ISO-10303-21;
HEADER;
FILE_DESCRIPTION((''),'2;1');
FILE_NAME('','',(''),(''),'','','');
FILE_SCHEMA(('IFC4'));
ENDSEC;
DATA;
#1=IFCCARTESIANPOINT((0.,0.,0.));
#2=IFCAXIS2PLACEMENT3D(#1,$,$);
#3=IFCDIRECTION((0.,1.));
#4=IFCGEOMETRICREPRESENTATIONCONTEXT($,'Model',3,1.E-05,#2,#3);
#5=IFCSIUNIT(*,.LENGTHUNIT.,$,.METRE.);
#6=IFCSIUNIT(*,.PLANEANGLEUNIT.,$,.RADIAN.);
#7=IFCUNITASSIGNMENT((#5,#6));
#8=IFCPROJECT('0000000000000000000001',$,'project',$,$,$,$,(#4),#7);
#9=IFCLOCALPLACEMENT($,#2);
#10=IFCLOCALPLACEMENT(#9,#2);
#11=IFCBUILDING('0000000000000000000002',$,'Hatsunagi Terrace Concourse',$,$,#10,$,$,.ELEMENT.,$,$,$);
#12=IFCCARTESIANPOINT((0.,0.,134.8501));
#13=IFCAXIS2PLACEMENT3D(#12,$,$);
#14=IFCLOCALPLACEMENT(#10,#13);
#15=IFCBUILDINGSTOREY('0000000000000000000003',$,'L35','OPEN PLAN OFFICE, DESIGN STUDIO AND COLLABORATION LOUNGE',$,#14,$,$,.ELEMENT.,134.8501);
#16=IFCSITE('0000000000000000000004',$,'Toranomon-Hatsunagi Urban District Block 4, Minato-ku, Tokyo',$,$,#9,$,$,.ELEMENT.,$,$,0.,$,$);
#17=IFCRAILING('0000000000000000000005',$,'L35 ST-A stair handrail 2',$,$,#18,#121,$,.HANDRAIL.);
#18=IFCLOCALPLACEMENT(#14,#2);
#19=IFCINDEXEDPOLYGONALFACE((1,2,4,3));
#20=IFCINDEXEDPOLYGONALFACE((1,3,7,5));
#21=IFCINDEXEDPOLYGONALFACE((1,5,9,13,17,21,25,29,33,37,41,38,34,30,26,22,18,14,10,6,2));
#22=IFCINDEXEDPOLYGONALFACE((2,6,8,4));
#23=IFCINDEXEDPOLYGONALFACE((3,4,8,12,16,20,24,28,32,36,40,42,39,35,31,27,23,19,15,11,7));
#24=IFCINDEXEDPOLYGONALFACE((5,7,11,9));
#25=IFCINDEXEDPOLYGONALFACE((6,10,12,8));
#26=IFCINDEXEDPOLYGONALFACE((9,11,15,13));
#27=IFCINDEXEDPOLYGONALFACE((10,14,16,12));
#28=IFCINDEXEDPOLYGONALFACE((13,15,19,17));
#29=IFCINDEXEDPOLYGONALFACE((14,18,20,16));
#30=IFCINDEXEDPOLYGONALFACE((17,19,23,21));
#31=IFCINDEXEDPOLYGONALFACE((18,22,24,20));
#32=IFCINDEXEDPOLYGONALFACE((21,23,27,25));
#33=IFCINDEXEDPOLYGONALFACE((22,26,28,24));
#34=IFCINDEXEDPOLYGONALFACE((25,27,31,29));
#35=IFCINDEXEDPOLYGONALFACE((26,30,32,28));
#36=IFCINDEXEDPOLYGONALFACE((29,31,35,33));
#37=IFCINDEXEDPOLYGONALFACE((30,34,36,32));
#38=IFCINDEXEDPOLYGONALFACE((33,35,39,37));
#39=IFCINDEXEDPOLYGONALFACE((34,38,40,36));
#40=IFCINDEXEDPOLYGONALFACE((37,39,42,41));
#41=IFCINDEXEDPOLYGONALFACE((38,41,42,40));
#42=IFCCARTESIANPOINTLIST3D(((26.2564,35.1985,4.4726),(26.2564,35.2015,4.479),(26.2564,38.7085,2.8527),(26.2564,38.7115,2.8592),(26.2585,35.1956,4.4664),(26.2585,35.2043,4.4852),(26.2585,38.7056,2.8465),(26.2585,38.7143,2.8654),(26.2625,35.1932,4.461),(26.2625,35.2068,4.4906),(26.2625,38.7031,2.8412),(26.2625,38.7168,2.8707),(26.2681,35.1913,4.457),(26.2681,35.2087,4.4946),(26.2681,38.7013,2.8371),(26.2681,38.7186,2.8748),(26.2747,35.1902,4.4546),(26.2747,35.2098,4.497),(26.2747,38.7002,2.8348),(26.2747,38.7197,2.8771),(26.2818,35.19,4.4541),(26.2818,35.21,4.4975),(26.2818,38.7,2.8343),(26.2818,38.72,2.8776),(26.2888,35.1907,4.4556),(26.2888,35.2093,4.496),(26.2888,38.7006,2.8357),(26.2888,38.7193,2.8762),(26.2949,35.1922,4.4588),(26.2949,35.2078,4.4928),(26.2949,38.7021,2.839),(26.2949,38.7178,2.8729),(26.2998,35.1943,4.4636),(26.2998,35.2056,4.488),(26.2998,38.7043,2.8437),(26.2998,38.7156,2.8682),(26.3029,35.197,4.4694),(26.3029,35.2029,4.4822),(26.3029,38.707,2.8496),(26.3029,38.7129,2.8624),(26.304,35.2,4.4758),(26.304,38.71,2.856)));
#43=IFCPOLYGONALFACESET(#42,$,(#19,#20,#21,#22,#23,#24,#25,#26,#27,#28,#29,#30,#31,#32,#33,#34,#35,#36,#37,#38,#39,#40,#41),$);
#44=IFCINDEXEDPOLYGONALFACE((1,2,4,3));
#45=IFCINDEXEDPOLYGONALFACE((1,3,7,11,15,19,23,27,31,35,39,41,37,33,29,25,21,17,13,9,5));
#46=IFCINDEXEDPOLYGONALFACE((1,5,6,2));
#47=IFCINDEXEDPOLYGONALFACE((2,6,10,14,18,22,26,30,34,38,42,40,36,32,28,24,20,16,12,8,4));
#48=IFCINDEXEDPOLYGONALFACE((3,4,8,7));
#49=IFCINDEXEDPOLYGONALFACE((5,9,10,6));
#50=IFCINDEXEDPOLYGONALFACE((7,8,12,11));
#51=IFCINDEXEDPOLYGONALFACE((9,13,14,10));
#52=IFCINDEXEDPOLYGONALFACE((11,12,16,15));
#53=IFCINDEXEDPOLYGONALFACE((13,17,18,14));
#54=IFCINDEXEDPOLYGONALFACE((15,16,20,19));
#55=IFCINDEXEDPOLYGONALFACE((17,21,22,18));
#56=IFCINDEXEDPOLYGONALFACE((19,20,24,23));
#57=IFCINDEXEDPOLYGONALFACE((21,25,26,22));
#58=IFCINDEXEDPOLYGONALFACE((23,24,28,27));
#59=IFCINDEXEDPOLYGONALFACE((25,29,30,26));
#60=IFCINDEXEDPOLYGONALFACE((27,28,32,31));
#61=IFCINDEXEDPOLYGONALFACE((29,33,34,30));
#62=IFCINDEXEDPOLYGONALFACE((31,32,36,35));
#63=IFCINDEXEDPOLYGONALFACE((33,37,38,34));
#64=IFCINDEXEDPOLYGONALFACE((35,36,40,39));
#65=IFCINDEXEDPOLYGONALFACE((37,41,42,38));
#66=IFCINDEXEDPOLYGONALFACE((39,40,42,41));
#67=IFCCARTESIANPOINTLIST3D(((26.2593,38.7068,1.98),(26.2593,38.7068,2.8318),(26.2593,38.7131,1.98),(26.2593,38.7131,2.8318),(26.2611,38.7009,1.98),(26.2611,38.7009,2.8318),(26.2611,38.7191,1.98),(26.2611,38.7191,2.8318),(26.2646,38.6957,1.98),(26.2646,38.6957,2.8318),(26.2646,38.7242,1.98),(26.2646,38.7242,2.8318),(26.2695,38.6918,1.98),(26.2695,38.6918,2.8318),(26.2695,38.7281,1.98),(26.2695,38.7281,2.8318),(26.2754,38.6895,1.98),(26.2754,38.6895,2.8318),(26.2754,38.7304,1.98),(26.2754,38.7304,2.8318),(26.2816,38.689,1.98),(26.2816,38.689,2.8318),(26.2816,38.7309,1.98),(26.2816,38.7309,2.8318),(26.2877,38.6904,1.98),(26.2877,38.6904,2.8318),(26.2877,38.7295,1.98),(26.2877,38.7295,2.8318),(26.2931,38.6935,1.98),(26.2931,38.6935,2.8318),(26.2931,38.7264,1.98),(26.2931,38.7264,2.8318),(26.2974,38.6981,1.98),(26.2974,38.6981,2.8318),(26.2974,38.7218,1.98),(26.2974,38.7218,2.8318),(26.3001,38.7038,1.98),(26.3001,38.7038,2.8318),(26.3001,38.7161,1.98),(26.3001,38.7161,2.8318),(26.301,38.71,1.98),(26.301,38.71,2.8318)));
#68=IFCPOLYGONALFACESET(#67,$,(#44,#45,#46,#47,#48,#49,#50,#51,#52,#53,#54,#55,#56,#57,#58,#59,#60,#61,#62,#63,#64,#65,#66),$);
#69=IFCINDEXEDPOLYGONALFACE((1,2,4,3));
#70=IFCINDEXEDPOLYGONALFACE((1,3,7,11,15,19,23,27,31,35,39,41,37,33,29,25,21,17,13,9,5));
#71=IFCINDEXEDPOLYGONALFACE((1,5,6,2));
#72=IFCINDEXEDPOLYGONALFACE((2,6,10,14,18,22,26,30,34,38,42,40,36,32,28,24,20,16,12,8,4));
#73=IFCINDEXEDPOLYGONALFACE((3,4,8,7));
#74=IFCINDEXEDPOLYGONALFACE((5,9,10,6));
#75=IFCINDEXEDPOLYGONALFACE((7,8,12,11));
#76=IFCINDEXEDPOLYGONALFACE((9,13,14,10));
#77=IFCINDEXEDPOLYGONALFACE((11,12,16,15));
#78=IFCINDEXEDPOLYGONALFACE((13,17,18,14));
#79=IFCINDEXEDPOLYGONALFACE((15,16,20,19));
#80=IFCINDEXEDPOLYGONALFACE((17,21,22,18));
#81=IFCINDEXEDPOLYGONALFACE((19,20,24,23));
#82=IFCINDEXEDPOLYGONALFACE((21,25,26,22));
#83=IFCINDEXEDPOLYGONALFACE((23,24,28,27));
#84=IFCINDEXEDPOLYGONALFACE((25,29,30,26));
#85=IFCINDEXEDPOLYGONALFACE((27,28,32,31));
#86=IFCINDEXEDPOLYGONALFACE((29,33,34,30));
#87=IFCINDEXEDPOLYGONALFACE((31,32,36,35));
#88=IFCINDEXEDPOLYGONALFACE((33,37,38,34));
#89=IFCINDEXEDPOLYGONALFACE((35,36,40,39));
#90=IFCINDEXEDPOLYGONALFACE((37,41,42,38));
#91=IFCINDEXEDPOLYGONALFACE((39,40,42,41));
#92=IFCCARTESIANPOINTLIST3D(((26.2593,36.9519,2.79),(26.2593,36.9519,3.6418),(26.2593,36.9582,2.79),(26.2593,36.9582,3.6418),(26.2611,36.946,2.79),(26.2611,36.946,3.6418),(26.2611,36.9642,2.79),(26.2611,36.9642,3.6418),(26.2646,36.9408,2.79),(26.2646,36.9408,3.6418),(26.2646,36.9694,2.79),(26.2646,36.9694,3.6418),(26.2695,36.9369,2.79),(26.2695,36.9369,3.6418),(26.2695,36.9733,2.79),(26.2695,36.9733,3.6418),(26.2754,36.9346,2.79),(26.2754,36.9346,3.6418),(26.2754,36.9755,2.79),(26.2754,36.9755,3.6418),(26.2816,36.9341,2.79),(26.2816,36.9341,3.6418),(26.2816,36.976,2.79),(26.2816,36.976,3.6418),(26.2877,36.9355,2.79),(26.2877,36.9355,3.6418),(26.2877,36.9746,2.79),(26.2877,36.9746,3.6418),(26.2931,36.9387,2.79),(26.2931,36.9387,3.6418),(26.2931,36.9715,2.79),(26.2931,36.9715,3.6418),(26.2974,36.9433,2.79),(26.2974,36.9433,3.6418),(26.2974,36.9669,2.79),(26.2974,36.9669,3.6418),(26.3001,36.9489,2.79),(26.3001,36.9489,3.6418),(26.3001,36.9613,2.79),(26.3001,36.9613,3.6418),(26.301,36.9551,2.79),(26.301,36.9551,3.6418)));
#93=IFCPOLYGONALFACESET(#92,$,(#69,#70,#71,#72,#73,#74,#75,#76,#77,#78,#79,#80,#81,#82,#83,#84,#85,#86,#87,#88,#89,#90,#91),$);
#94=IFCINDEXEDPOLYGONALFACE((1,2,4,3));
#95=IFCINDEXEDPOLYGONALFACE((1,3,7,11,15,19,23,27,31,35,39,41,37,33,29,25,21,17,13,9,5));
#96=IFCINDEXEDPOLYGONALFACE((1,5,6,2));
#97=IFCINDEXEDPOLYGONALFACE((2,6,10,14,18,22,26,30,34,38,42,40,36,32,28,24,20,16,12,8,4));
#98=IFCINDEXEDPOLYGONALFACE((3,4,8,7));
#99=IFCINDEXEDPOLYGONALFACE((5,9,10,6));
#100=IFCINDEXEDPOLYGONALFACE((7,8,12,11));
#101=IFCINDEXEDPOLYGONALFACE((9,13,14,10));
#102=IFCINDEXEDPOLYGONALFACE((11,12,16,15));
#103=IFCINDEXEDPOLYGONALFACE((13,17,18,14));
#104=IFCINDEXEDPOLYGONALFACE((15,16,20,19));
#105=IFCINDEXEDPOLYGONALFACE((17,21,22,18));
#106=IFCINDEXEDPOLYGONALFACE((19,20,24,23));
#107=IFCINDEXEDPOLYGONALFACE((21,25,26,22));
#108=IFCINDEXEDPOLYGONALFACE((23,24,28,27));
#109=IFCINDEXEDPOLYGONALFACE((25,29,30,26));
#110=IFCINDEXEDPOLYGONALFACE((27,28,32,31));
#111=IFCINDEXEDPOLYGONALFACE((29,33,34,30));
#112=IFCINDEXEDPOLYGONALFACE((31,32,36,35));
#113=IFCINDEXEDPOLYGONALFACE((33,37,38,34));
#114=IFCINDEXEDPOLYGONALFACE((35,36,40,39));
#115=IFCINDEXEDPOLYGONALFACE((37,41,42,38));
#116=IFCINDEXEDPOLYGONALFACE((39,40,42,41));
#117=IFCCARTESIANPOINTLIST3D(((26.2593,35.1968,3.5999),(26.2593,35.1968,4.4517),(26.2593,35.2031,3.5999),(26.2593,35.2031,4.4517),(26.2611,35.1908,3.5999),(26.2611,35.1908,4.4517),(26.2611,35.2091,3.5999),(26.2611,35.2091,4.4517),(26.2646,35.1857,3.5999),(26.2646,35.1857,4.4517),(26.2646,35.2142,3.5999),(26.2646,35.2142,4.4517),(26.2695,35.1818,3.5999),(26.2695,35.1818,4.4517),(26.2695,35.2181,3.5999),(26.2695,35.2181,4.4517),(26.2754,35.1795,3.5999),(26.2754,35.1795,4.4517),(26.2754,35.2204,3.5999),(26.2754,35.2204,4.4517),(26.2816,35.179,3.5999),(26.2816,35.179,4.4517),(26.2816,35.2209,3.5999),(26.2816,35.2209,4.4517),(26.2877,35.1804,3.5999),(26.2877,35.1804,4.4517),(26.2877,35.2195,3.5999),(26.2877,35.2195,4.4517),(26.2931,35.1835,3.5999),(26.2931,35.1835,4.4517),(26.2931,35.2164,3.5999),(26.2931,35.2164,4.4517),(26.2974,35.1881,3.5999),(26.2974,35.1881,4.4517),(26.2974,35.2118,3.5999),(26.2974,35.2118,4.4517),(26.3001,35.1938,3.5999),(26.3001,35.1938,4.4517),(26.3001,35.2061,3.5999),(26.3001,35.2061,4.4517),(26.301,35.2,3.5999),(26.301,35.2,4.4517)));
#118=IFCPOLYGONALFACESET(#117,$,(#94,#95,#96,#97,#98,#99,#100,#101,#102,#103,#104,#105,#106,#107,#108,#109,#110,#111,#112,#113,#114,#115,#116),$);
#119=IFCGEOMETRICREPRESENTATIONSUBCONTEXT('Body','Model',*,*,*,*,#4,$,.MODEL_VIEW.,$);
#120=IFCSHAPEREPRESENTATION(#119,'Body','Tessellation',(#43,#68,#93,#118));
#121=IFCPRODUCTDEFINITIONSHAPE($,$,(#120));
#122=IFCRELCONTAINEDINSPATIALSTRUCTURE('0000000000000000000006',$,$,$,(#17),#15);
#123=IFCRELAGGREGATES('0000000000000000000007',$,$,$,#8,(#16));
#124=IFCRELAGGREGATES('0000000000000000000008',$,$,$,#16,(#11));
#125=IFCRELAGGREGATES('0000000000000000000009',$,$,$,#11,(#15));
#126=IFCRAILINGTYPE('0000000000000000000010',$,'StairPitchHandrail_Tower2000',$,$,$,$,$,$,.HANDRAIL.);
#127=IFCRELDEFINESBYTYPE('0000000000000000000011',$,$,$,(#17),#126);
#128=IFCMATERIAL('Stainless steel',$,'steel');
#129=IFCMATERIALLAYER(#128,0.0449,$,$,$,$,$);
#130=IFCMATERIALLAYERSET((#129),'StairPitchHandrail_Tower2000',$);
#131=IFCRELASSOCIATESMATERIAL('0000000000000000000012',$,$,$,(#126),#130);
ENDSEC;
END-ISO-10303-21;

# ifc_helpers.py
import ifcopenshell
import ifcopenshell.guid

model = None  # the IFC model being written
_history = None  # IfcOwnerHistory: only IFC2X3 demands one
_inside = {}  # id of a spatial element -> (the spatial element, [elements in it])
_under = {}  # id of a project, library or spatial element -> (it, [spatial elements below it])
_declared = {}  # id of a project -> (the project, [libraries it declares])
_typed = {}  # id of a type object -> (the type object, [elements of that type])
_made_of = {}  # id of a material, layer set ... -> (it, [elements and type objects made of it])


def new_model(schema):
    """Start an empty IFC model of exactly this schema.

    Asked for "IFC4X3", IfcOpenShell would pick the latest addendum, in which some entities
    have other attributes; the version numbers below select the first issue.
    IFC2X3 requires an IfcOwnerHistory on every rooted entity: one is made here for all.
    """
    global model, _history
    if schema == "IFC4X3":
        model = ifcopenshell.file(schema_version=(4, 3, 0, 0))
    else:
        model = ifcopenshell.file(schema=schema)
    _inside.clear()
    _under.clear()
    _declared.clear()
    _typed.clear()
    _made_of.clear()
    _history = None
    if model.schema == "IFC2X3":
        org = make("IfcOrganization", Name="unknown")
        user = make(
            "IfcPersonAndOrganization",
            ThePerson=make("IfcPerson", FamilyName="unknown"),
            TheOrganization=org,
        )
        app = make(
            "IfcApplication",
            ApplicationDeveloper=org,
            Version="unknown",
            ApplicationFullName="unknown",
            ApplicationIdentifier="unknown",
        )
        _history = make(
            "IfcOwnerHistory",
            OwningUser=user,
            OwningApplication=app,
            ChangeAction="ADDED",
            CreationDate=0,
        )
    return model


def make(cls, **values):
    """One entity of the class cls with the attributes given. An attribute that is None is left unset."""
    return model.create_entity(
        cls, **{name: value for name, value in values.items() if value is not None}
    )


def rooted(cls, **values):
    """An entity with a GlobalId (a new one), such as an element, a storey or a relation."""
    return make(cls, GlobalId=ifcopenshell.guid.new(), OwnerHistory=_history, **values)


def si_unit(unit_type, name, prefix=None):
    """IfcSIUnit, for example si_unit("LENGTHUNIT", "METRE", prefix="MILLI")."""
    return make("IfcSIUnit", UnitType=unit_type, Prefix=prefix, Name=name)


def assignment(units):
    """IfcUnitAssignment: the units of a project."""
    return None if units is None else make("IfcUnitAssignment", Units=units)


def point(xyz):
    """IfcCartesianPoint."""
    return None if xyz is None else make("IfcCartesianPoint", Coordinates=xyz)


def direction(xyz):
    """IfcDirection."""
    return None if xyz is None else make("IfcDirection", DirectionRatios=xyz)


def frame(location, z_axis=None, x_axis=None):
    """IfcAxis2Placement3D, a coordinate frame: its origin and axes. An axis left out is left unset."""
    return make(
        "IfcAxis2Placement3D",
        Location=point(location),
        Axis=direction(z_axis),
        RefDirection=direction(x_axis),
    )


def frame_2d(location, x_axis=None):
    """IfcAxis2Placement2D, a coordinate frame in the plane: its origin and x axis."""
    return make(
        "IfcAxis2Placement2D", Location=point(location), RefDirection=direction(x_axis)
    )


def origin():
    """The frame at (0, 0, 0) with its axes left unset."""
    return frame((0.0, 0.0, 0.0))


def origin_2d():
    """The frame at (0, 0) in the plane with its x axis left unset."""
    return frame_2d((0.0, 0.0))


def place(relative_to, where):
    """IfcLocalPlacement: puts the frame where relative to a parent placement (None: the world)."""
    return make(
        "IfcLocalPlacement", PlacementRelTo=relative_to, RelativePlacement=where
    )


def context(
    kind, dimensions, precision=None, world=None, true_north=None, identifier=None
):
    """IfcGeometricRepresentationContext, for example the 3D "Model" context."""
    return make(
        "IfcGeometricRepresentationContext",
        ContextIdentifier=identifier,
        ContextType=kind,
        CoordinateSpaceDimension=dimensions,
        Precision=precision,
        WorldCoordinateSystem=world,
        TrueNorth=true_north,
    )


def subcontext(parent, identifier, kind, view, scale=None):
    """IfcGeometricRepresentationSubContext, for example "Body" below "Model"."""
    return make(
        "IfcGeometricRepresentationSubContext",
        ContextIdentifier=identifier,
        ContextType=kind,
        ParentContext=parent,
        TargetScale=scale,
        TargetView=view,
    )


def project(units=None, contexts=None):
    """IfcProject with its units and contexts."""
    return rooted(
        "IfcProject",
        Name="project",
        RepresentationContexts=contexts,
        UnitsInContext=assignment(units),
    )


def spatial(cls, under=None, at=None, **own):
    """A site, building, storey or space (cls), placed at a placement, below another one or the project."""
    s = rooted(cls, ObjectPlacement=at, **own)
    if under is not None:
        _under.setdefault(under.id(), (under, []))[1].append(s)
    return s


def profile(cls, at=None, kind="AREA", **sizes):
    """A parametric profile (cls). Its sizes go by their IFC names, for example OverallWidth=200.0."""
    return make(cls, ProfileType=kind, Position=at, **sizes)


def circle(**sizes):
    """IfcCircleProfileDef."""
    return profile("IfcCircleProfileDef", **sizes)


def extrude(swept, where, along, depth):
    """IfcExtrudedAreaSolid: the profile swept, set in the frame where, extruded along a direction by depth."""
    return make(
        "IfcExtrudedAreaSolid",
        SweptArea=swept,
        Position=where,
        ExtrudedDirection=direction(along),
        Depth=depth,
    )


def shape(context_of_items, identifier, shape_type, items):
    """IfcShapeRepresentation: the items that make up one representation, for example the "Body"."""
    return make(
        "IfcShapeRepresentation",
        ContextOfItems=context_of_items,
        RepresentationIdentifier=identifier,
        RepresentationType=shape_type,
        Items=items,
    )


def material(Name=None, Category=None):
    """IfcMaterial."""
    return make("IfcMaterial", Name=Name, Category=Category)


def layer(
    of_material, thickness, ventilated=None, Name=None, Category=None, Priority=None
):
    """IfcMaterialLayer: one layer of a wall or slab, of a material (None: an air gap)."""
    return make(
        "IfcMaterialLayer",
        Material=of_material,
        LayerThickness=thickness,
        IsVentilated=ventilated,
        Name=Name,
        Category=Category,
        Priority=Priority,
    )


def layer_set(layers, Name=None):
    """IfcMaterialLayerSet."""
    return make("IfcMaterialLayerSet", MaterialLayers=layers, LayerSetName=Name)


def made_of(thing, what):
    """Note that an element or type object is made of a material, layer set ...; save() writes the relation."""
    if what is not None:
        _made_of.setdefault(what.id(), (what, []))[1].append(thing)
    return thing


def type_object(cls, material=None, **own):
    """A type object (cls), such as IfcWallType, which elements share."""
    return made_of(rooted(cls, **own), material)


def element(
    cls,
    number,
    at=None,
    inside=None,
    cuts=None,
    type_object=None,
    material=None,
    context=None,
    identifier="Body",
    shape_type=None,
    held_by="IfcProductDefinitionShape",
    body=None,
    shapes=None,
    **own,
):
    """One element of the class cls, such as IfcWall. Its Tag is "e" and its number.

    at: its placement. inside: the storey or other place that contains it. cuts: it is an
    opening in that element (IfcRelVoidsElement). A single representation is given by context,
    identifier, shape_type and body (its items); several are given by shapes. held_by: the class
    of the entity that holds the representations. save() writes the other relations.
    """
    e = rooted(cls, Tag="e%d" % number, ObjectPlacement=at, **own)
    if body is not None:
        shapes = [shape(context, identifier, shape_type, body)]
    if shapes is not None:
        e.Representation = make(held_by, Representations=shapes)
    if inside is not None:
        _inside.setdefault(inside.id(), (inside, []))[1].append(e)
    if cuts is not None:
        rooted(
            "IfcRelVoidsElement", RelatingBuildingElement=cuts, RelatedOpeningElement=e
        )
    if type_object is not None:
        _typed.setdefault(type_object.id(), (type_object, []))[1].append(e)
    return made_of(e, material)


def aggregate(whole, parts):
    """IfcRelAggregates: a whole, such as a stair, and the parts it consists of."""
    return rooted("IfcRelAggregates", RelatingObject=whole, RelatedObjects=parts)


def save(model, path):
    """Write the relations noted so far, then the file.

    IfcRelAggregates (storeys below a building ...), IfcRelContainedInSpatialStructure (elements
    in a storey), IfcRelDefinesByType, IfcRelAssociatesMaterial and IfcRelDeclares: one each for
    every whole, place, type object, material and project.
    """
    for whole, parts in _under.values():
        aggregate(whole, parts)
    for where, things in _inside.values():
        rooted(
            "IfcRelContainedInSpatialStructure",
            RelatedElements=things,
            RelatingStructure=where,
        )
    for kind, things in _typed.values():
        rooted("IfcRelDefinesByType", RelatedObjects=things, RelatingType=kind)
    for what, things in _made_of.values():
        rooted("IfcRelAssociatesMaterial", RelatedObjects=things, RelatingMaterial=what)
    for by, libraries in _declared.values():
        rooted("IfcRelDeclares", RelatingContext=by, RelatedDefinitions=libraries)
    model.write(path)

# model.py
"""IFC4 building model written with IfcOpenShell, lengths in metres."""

from ifc_helpers import new_model, si_unit, direction, frame, origin, origin_2d, place, context, subcontext, project, spatial, circle, extrude, material, layer, layer_set, type_object, element, save


model = new_model("IFC4")

# Units and contexts
model_context = context("Model", 3, precision=1e-05, world=origin(), true_north=direction((0.0, 1.0)))
body_context = subcontext(model_context, "Body", "Model", "MODEL_VIEW")
ifc_project = project(units=[si_unit("LENGTHUNIT", "METRE"), si_unit("PLANEANGLEUNIT", "RADIAN")], contexts=[model_context])

# Site, building, storey
site_placement = place(None, origin())
site = spatial("IfcSite", under=ifc_project, at=site_placement, Name="Toranomon-Hatsunagi Urban District Block 4, Minato-ku, Tokyo", CompositionType="ELEMENT", RefElevation=0.0)
building_placement = place(site_placement, origin())
building = spatial("IfcBuilding", under=site, at=building_placement, Name="Hatsunagi Terrace Concourse", CompositionType="ELEMENT")
storey_placement = place(building_placement, frame((0.0, 0.0, 134.8501)))
storey = spatial("IfcBuildingStorey", under=building, at=storey_placement, Name="L35", Description="OPEN PLAN OFFICE, DESIGN STUDIO AND COLLABORATION LOUNGE", CompositionType="ELEMENT", Elevation=134.8501)

# Railing
ifc_material_1 = material(Name="Stainless steel", Category="steel")
ifc_layer_1 = layer(ifc_material_1, 0.0449)
ifc_layer_set_1 = layer_set([ifc_layer_1], Name="StairPitchHandrail_Tower2000")
railing_type = type_object("IfcRailingType", Name="StairPitchHandrail_Tower2000", PredefinedType="HANDRAIL", material=ifc_layer_set_1)
railing_placement = place(storey_placement, frame((26.28, 38.71, 1.98)))
element("IfcRailing", 1, at=railing_placement, inside=storey, type_object=railing_type, Name="L35 ST-A stair handrail 2", PredefinedType="HANDRAIL", context=body_context, shape_type="SweptSolid", body=[
    extrude(circle(Radius=0.0239, at=origin_2d()), frame((0.0, 0.0, 0.876), z_axis=(0.0, -0.907972, 0.41903), x_axis=(1.0, 0.0, 0.0)), (0.0, 0.0, 1.0), 3.8657),
    extrude(circle(Radius=0.021, at=origin_2d()), origin(), (0.0, 0.0, 1.0), 0.8518),
    extrude(circle(Radius=0.021, at=origin_2d()), frame((0.0, -1.7549, 0.8101)), (0.0, 0.0, 1.0), 0.8518),
    extrude(circle(Radius=0.021, at=origin_2d()), frame((0.0, -3.51, 1.6199)), (0.0, 0.0, 1.0), 0.8518),
])

save(model, "model.ifc")
